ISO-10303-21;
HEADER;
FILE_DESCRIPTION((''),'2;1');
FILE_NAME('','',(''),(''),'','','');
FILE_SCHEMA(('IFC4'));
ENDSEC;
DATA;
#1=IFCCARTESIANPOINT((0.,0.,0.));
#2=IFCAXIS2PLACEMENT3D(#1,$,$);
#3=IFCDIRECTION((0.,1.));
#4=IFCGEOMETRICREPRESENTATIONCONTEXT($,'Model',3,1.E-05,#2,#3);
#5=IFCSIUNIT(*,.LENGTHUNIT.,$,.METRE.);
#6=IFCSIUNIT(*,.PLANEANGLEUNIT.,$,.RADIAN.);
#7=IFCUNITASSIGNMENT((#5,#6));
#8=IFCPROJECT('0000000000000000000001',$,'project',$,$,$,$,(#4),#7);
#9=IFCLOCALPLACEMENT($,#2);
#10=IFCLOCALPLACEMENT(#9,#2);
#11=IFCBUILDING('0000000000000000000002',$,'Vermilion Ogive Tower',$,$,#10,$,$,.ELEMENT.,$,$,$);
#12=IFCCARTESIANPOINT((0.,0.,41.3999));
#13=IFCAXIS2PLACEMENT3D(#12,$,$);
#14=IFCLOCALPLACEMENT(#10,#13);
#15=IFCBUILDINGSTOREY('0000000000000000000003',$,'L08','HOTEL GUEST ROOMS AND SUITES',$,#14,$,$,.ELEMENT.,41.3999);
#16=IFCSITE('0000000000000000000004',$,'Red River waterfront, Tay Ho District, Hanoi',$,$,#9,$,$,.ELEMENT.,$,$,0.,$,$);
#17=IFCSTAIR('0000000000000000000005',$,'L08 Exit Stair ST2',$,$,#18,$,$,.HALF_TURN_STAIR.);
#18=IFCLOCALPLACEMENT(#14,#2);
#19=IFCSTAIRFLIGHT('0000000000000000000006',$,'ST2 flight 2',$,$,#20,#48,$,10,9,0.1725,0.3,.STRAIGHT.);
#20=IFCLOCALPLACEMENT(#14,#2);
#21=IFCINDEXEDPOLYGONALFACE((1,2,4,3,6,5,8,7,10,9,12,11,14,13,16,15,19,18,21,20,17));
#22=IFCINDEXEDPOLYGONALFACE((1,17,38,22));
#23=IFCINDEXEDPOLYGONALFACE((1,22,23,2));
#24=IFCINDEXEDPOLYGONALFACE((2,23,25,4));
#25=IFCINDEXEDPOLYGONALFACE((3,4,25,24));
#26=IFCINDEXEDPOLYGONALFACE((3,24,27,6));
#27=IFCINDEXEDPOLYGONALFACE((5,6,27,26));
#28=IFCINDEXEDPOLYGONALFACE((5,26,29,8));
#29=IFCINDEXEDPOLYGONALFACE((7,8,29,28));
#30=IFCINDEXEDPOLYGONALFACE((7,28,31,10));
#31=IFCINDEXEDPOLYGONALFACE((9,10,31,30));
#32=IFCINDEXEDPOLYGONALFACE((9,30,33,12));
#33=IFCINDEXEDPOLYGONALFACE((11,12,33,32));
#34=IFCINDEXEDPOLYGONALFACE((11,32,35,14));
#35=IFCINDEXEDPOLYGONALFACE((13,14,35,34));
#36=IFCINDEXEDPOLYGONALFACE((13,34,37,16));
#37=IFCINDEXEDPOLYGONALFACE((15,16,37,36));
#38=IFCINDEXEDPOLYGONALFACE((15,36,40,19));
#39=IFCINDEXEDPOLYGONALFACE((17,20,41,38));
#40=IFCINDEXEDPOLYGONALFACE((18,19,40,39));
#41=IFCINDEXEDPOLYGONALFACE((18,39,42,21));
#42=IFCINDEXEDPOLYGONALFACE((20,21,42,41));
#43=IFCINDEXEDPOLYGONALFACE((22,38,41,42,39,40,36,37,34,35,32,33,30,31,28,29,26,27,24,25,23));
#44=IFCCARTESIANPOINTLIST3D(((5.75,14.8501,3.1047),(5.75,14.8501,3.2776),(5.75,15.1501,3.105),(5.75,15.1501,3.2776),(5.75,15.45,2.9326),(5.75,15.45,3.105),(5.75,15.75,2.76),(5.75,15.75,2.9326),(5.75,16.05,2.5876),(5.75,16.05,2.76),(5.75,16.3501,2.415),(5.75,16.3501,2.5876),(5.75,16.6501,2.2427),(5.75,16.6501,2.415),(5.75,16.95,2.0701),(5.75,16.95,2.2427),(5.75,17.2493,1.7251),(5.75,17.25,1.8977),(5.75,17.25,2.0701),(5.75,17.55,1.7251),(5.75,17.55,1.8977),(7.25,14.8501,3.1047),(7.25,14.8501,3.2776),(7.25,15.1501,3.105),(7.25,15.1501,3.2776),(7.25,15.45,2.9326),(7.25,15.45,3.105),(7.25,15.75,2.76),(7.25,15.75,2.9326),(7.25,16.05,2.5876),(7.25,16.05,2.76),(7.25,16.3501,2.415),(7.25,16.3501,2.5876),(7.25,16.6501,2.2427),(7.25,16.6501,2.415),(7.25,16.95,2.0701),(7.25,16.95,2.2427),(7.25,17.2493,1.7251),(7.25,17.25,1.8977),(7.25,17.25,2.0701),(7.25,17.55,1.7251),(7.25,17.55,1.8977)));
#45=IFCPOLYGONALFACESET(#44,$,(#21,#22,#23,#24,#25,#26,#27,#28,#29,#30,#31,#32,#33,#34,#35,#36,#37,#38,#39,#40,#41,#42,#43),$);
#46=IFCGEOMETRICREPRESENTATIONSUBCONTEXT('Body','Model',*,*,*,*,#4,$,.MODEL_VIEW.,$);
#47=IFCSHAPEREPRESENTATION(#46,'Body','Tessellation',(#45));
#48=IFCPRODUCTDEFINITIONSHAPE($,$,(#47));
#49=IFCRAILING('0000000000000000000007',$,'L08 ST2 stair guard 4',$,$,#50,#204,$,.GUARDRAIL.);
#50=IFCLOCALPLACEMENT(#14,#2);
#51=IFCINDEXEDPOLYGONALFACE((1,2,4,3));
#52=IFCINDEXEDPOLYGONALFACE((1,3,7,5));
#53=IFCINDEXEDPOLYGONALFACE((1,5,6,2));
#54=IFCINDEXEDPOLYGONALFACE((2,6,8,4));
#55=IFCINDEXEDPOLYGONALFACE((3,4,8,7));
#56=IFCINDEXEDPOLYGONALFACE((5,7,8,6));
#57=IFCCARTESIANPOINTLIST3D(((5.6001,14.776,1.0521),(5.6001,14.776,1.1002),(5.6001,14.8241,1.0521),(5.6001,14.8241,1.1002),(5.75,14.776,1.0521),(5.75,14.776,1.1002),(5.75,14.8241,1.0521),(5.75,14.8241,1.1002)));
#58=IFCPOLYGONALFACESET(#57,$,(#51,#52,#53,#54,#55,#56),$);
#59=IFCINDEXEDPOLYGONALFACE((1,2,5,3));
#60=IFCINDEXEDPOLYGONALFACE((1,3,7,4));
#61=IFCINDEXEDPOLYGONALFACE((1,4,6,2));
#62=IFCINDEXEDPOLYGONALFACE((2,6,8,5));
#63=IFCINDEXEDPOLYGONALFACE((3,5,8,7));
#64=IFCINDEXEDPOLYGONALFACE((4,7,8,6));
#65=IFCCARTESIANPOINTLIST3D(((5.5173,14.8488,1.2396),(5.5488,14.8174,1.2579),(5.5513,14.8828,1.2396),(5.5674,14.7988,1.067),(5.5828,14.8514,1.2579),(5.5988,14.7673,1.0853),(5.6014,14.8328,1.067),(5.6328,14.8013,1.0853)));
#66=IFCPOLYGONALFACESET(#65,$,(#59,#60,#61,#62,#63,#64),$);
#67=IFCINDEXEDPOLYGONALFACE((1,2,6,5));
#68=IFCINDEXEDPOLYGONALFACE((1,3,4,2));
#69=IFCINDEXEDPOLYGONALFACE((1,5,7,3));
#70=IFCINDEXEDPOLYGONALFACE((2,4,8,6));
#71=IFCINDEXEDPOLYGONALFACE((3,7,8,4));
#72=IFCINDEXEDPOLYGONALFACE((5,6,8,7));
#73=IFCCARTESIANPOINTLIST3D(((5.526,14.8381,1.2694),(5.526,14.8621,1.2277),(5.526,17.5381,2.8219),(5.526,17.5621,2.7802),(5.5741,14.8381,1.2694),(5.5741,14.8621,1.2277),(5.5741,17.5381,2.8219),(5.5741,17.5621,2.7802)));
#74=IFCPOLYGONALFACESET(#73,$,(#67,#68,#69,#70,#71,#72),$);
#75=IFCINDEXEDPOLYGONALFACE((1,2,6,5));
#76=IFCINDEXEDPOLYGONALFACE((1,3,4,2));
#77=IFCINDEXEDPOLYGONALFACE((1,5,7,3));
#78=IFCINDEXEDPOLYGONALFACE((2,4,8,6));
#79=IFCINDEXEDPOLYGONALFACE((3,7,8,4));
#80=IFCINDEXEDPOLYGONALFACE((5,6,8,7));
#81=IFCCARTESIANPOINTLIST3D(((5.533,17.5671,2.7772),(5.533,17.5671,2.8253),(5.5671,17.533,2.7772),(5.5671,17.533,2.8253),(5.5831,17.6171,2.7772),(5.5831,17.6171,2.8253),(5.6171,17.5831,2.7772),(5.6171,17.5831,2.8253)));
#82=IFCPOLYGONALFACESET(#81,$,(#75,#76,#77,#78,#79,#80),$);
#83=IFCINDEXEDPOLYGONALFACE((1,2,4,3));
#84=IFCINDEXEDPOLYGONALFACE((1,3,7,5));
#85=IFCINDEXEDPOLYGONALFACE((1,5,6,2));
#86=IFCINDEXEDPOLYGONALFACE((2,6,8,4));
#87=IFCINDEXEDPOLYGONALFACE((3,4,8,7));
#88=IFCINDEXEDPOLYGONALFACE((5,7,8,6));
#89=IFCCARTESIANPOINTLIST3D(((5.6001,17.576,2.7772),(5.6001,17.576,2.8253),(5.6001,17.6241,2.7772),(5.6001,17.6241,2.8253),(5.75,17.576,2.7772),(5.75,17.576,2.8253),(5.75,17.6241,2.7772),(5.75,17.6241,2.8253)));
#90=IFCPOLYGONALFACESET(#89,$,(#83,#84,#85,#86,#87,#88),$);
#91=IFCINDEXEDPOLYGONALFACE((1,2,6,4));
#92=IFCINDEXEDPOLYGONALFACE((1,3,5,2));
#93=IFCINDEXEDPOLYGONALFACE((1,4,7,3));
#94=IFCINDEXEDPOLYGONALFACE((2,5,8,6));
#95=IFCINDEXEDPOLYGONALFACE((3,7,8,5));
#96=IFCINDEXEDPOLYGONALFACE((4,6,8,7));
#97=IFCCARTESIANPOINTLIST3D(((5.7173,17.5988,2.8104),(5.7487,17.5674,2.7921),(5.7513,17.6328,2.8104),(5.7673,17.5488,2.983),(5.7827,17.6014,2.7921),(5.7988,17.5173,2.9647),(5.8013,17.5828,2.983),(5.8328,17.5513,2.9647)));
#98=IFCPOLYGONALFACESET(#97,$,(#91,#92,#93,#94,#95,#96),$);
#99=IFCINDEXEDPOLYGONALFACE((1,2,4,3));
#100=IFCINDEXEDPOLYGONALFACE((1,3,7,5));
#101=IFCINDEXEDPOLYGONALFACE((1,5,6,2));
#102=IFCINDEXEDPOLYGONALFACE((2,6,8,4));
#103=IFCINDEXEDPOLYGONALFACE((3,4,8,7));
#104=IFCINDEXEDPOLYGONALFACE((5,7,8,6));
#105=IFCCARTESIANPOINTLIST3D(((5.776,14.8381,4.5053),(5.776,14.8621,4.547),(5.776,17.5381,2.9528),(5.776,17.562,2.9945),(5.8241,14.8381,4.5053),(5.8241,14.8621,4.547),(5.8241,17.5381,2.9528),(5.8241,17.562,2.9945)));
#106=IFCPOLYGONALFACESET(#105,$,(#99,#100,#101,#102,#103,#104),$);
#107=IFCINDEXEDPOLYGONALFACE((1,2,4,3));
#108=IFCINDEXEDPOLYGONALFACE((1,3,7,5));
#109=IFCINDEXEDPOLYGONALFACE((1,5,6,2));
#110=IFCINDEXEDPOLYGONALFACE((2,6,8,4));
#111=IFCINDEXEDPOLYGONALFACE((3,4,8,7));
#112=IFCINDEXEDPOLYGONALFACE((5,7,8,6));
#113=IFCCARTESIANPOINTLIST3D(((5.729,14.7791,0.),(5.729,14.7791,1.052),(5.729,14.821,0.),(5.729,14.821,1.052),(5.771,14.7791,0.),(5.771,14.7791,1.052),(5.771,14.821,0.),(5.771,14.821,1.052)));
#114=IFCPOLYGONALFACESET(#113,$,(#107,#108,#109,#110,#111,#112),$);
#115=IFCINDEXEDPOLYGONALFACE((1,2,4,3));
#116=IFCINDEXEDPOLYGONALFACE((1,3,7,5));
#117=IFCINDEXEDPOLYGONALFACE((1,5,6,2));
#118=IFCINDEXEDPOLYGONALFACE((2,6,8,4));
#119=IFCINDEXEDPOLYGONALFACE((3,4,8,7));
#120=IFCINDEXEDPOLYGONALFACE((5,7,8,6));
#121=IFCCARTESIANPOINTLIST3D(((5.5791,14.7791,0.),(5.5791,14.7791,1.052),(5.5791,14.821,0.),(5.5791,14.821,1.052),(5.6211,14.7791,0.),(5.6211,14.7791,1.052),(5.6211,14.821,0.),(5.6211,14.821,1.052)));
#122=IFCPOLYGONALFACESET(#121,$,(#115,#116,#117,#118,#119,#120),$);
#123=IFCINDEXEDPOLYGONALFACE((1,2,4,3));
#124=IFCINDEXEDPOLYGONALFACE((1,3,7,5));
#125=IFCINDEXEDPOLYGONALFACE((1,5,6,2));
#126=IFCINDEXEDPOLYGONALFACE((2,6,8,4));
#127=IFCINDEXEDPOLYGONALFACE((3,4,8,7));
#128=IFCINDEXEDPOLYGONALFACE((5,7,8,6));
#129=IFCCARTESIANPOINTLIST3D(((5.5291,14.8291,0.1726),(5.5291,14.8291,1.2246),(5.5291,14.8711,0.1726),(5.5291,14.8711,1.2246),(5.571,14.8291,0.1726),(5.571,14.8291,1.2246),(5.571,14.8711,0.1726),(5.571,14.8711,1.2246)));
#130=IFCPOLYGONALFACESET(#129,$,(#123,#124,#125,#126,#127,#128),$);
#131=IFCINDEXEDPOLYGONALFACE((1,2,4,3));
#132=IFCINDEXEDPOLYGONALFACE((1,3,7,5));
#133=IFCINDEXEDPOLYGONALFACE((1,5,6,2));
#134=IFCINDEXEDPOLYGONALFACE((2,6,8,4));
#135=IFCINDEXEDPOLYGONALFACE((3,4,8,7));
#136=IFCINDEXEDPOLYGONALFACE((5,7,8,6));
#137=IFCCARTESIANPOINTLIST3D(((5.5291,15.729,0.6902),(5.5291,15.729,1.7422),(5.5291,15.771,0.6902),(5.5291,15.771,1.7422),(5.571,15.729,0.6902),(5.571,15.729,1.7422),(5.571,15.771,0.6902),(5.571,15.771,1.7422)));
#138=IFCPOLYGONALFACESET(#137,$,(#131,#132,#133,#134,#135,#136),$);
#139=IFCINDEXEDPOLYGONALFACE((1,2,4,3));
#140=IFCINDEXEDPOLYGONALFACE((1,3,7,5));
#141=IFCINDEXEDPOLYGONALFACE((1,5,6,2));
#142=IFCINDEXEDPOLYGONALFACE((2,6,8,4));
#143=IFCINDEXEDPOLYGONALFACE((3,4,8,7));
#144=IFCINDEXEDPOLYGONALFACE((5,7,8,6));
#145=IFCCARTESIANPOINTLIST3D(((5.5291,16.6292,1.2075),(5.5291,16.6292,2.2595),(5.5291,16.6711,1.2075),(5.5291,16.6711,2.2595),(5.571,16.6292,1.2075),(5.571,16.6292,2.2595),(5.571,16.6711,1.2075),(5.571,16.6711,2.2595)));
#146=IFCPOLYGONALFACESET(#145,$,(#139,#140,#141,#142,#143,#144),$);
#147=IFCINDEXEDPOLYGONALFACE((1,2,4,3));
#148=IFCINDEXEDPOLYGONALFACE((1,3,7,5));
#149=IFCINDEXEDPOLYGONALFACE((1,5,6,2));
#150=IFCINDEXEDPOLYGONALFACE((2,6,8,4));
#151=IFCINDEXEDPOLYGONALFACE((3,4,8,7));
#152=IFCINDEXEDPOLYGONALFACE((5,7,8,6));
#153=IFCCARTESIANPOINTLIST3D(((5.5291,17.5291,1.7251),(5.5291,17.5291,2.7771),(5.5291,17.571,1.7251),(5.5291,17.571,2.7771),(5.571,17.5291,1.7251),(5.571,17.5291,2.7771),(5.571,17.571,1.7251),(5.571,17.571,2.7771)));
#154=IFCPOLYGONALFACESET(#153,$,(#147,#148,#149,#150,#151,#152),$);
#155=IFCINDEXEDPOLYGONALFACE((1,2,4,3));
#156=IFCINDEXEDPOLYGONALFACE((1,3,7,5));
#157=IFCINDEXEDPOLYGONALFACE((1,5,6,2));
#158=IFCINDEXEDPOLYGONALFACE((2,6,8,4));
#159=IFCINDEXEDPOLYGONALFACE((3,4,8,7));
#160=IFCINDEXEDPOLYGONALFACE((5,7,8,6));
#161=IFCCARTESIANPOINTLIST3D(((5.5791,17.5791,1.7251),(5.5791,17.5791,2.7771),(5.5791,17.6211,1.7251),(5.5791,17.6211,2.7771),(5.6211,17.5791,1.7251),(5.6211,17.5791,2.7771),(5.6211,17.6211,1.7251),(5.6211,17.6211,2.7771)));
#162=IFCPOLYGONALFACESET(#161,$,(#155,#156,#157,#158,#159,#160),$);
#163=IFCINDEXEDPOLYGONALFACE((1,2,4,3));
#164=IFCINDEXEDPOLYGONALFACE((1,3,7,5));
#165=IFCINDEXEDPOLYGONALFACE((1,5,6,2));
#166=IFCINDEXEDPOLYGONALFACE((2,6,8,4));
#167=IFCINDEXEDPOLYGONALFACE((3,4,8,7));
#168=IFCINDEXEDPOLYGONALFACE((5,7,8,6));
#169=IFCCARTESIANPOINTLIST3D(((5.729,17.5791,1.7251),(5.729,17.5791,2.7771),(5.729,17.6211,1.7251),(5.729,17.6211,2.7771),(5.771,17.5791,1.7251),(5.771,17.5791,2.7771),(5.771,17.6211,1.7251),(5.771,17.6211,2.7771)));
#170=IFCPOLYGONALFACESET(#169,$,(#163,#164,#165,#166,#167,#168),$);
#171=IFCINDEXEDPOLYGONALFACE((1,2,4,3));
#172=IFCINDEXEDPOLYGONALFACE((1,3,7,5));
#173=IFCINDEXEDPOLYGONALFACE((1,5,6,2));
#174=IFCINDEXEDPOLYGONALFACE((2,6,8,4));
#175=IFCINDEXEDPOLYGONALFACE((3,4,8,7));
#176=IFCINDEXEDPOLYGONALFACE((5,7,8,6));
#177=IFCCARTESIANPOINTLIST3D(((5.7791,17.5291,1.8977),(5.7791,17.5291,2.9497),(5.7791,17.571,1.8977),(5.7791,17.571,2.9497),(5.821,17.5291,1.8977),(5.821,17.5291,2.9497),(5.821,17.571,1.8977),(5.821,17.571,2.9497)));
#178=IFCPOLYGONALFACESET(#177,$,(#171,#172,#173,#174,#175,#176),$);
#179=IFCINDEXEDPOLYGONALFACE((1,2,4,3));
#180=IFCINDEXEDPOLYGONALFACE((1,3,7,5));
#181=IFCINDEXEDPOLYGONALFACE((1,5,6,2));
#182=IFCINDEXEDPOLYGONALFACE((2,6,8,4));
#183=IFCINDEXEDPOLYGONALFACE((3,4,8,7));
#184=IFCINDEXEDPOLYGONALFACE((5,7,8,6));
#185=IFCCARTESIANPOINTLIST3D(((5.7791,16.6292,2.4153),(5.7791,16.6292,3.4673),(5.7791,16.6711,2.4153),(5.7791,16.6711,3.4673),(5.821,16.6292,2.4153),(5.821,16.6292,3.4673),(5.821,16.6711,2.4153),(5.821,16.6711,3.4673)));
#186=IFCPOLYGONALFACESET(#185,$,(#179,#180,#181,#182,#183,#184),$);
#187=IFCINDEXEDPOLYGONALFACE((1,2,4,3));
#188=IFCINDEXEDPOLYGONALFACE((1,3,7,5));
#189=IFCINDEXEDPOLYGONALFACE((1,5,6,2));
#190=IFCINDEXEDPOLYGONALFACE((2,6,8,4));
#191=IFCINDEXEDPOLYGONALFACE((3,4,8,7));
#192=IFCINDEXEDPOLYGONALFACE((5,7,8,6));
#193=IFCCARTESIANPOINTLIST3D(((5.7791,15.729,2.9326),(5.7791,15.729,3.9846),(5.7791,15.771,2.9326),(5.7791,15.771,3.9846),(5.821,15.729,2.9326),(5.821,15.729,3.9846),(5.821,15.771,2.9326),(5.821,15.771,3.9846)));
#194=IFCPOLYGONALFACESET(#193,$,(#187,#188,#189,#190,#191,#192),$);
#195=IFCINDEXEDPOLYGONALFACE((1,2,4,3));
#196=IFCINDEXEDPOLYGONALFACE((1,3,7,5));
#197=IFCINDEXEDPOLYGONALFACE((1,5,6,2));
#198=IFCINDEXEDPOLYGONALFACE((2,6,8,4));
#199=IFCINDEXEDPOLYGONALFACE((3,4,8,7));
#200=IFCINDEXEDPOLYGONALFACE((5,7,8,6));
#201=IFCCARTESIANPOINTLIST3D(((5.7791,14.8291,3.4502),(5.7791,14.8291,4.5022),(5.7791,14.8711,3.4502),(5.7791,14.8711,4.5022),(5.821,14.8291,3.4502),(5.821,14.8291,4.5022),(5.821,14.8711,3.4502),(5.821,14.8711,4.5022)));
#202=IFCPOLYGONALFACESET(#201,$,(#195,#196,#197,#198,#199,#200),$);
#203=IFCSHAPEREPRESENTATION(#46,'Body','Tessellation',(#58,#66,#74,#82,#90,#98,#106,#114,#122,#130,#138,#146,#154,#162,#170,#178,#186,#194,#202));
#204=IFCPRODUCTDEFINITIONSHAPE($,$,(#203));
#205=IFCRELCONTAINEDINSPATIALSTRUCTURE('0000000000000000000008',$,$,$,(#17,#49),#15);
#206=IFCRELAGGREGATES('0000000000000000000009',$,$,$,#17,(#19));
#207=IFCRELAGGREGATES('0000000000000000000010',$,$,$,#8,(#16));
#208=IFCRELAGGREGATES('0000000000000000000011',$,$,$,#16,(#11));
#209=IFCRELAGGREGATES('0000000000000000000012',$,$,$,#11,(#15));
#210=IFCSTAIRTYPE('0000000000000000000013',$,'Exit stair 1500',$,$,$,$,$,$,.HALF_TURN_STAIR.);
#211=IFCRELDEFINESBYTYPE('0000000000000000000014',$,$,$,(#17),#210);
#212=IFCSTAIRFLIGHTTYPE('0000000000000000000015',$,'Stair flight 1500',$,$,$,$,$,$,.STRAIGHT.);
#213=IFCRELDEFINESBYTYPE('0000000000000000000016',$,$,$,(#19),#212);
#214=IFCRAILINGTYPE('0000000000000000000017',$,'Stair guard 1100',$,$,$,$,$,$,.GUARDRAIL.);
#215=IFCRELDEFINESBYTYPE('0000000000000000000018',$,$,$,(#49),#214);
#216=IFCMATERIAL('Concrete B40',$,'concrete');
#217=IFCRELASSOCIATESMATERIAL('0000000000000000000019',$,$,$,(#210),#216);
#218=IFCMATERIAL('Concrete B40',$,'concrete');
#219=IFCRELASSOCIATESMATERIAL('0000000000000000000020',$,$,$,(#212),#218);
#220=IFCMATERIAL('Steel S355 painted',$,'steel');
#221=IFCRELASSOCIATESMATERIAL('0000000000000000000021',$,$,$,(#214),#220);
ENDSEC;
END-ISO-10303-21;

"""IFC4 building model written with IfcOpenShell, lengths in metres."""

from ifc_helpers import new_model, si_unit, direction, frame, origin, origin_2d, place, context, subcontext, project, spatial, polyline, rectangle, outline, extrude, material, type_object, element, aggregate, save


model = new_model("IFC4")

# Units and contexts
model_context = context("Model", 3, precision=1e-05, world=origin(), true_north=direction((0.0, 1.0)))
body_context = subcontext(model_context, "Body", "Model", "MODEL_VIEW")
ifc_project = project(units=[si_unit("LENGTHUNIT", "METRE"), si_unit("PLANEANGLEUNIT", "RADIAN")], contexts=[model_context])

# Site, building, storey
site_placement = place(None, origin())
site = spatial("IfcSite", under=ifc_project, at=site_placement, Name="Red River waterfront, Tay Ho District, Hanoi", CompositionType="ELEMENT", RefElevation=0.0)
building_placement = place(site_placement, origin())
building = spatial("IfcBuilding", under=site, at=building_placement, Name="Vermilion Ogive Tower", CompositionType="ELEMENT")
storey_placement = place(building_placement, frame((0.0, 0.0, 41.3999)))
storey = spatial("IfcBuildingStorey", under=building, at=storey_placement, Name="L08", Description="HOTEL GUEST ROOMS AND SUITES", CompositionType="ELEMENT", Elevation=41.3999)

# Stair, stair flight
ifc_material_1 = material(Name="Concrete B40", Category="concrete")
stair_type = type_object("IfcStairType", Name="Exit stair 1500", PredefinedType="HALF_TURN_STAIR", material=ifc_material_1)
stair_placement = place(storey_placement, origin())
stair = element("IfcStair", 1, at=stair_placement, inside=storey, type_object=stair_type, Name="L08 Exit Stair ST2", PredefinedType="HALF_TURN_STAIR")
ifc_material_2 = material(Name="Concrete B40", Category="concrete")
stair_flight_type = type_object("IfcStairFlightType", Name="Stair flight 1500", PredefinedType="STRAIGHT", material=ifc_material_2)
stair_flight_1_placement = place(storey_placement, frame((6.5, 17.55, 1.7251), z_axis=(0.0, 0.0, 1.0), x_axis=(0.0, -1.0, 0.0)))
stair_flight_1 = element("IfcStairFlight", 2, at=stair_flight_1_placement, type_object=stair_flight_type, Name="ST2 flight 2", NumberOfRisers=10, NumberOfTreads=9, PredefinedType="STRAIGHT", RiserHeight=0.1725, TreadLength=0.3, context=body_context, shape_type="SweptSolid", body=[
    extrude(outline(polyline([(0.0, 0.0), (0.0, 0.1726), (0.3, 0.1726), (0.3, 0.345), (0.6001, 0.345), (0.6001, 0.5176), (0.8999, 0.5176), (0.8999, 0.6899), (1.2, 0.6899), (1.2, 0.8625), (1.5, 0.8625), (1.5, 1.0349), (1.8, 1.0349), (1.8, 1.2075), (2.1001, 1.2075), (2.1001, 1.3799), (2.3999, 1.3799), (2.3999, 1.5525), (2.7, 1.5525), (2.7, 1.7251), (2.7, 1.3796), (0.3008, 0.0), (0.0, 0.0)])), frame((0.0, 0.75, 0.0), z_axis=(0.0, -1.0, 0.0), x_axis=(1.0, 0.0, 0.0)), (0.0, 0.0, 1.0), 1.5),
])
aggregate(stair, [stair_flight_1])

# Railing
ifc_material_3 = material(Name="Steel S355 painted", Category="steel")
railing_type_1 = type_object("IfcRailingType", Name="Stair guard 1100", PredefinedType="GUARDRAIL", material=ifc_material_3)
railing_1_placement = place(storey_placement, frame((5.75, 14.8, 0.0)))
element("IfcRailing", 3, at=railing_1_placement, inside=storey, type_object=railing_type_1, Name="L08 ST2 stair guard 4", PredefinedType="GUARDRAIL", context=body_context, shape_type="SweptSolid", body=[
    extrude(rectangle(XDim=0.0481, YDim=0.0481, at=origin_2d()), frame((0.0, 0.0, 1.0762), z_axis=(-1.0, 0.0, 0.0), x_axis=(0.0, -1.0, 0.0)), (0.0, 0.0, 1.0), 0.1499),
    extrude(rectangle(XDim=0.0481, YDim=0.0481, at=origin_2d()), frame((-0.1499, 0.0, 1.0762), z_axis=(-0.268278, 0.268278, 0.925232), x_axis=(-0.707107, -0.707107, 0.0)), (0.0, 0.0, 1.0), 0.1865),
    extrude(rectangle(XDim=0.0481, YDim=0.0481, at=origin_2d()), frame((-0.2, 0.05, 1.2485), z_axis=(0.0, 0.866904, 0.498476), x_axis=(-1.0, 0.0, 0.0)), (0.0, 0.0, 1.0), 3.1145),
    extrude(rectangle(XDim=0.0481, YDim=0.0481, at=origin_2d()), frame((-0.2, 2.75, 2.8013), z_axis=(0.707107, 0.707107, 0.0), x_axis=(-0.707107, 0.707107, 0.0)), (0.0, 0.0, 1.0), 0.0708),
    extrude(rectangle(XDim=0.0481, YDim=0.0481, at=origin_2d()), frame((-0.1499, 2.8, 2.8013), z_axis=(1.0, 0.0, 0.0), x_axis=(0.0, 1.0, 0.0)), (0.0, 0.0, 1.0), 0.1499),
    extrude(rectangle(XDim=0.0481, YDim=0.0481, at=origin_2d()), frame((0.0, 2.8, 2.8013), z_axis=(0.268278, -0.268278, 0.925232), x_axis=(0.707107, 0.707107, 0.0)), (0.0, 0.0, 1.0), 0.1865),
    extrude(rectangle(XDim=0.0481, YDim=0.0481, at=origin_2d()), frame((0.05, 2.75, 2.9736), z_axis=(0.0, -0.866904, 0.498476), x_axis=(1.0, 0.0, 0.0)), (0.0, 0.0, 1.0), 3.1145),
    extrude(rectangle(XDim=0.042, YDim=0.042, at=origin_2d()), origin(), (0.0, 0.0, 1.0), 1.052),
    extrude(rectangle(XDim=0.042, YDim=0.042, at=origin_2d()), frame((-0.1499, 0.0, 0.0)), (0.0, 0.0, 1.0), 1.052),
    extrude(rectangle(XDim=0.042, YDim=0.042, at=origin_2d()), frame((-0.2, 0.05, 0.1726)), (0.0, 0.0, 1.0), 1.052),
    extrude(rectangle(XDim=0.042, YDim=0.042, at=origin_2d()), frame((-0.2, 0.95, 0.6902)), (0.0, 0.0, 1.0), 1.052),
    extrude(rectangle(XDim=0.042, YDim=0.042, at=origin_2d()), frame((-0.2, 1.8501, 1.2075)), (0.0, 0.0, 1.0), 1.052),
    extrude(rectangle(XDim=0.042, YDim=0.042, at=origin_2d()), frame((-0.2, 2.75, 1.7251)), (0.0, 0.0, 1.0), 1.052),
    extrude(rectangle(XDim=0.042, YDim=0.042, at=origin_2d()), frame((-0.1499, 2.8, 1.7251)), (0.0, 0.0, 1.0), 1.052),
    extrude(rectangle(XDim=0.042, YDim=0.042, at=origin_2d()), frame((0.0, 2.8, 1.7251)), (0.0, 0.0, 1.0), 1.052),
    extrude(rectangle(XDim=0.042, YDim=0.042, at=origin_2d()), frame((0.05, 2.75, 1.8977)), (0.0, 0.0, 1.0), 1.052),
    extrude(rectangle(XDim=0.042, YDim=0.042, at=origin_2d()), frame((0.05, 1.8501, 2.4153)), (0.0, 0.0, 1.0), 1.052),
    extrude(rectangle(XDim=0.042, YDim=0.042, at=origin_2d()), frame((0.05, 0.95, 2.9326)), (0.0, 0.0, 1.0), 1.052),
    extrude(rectangle(XDim=0.042, YDim=0.042, at=origin_2d()), frame((0.05, 0.05, 3.4502)), (0.0, 0.0, 1.0), 1.052),
])

save(model, "model.ifc")
